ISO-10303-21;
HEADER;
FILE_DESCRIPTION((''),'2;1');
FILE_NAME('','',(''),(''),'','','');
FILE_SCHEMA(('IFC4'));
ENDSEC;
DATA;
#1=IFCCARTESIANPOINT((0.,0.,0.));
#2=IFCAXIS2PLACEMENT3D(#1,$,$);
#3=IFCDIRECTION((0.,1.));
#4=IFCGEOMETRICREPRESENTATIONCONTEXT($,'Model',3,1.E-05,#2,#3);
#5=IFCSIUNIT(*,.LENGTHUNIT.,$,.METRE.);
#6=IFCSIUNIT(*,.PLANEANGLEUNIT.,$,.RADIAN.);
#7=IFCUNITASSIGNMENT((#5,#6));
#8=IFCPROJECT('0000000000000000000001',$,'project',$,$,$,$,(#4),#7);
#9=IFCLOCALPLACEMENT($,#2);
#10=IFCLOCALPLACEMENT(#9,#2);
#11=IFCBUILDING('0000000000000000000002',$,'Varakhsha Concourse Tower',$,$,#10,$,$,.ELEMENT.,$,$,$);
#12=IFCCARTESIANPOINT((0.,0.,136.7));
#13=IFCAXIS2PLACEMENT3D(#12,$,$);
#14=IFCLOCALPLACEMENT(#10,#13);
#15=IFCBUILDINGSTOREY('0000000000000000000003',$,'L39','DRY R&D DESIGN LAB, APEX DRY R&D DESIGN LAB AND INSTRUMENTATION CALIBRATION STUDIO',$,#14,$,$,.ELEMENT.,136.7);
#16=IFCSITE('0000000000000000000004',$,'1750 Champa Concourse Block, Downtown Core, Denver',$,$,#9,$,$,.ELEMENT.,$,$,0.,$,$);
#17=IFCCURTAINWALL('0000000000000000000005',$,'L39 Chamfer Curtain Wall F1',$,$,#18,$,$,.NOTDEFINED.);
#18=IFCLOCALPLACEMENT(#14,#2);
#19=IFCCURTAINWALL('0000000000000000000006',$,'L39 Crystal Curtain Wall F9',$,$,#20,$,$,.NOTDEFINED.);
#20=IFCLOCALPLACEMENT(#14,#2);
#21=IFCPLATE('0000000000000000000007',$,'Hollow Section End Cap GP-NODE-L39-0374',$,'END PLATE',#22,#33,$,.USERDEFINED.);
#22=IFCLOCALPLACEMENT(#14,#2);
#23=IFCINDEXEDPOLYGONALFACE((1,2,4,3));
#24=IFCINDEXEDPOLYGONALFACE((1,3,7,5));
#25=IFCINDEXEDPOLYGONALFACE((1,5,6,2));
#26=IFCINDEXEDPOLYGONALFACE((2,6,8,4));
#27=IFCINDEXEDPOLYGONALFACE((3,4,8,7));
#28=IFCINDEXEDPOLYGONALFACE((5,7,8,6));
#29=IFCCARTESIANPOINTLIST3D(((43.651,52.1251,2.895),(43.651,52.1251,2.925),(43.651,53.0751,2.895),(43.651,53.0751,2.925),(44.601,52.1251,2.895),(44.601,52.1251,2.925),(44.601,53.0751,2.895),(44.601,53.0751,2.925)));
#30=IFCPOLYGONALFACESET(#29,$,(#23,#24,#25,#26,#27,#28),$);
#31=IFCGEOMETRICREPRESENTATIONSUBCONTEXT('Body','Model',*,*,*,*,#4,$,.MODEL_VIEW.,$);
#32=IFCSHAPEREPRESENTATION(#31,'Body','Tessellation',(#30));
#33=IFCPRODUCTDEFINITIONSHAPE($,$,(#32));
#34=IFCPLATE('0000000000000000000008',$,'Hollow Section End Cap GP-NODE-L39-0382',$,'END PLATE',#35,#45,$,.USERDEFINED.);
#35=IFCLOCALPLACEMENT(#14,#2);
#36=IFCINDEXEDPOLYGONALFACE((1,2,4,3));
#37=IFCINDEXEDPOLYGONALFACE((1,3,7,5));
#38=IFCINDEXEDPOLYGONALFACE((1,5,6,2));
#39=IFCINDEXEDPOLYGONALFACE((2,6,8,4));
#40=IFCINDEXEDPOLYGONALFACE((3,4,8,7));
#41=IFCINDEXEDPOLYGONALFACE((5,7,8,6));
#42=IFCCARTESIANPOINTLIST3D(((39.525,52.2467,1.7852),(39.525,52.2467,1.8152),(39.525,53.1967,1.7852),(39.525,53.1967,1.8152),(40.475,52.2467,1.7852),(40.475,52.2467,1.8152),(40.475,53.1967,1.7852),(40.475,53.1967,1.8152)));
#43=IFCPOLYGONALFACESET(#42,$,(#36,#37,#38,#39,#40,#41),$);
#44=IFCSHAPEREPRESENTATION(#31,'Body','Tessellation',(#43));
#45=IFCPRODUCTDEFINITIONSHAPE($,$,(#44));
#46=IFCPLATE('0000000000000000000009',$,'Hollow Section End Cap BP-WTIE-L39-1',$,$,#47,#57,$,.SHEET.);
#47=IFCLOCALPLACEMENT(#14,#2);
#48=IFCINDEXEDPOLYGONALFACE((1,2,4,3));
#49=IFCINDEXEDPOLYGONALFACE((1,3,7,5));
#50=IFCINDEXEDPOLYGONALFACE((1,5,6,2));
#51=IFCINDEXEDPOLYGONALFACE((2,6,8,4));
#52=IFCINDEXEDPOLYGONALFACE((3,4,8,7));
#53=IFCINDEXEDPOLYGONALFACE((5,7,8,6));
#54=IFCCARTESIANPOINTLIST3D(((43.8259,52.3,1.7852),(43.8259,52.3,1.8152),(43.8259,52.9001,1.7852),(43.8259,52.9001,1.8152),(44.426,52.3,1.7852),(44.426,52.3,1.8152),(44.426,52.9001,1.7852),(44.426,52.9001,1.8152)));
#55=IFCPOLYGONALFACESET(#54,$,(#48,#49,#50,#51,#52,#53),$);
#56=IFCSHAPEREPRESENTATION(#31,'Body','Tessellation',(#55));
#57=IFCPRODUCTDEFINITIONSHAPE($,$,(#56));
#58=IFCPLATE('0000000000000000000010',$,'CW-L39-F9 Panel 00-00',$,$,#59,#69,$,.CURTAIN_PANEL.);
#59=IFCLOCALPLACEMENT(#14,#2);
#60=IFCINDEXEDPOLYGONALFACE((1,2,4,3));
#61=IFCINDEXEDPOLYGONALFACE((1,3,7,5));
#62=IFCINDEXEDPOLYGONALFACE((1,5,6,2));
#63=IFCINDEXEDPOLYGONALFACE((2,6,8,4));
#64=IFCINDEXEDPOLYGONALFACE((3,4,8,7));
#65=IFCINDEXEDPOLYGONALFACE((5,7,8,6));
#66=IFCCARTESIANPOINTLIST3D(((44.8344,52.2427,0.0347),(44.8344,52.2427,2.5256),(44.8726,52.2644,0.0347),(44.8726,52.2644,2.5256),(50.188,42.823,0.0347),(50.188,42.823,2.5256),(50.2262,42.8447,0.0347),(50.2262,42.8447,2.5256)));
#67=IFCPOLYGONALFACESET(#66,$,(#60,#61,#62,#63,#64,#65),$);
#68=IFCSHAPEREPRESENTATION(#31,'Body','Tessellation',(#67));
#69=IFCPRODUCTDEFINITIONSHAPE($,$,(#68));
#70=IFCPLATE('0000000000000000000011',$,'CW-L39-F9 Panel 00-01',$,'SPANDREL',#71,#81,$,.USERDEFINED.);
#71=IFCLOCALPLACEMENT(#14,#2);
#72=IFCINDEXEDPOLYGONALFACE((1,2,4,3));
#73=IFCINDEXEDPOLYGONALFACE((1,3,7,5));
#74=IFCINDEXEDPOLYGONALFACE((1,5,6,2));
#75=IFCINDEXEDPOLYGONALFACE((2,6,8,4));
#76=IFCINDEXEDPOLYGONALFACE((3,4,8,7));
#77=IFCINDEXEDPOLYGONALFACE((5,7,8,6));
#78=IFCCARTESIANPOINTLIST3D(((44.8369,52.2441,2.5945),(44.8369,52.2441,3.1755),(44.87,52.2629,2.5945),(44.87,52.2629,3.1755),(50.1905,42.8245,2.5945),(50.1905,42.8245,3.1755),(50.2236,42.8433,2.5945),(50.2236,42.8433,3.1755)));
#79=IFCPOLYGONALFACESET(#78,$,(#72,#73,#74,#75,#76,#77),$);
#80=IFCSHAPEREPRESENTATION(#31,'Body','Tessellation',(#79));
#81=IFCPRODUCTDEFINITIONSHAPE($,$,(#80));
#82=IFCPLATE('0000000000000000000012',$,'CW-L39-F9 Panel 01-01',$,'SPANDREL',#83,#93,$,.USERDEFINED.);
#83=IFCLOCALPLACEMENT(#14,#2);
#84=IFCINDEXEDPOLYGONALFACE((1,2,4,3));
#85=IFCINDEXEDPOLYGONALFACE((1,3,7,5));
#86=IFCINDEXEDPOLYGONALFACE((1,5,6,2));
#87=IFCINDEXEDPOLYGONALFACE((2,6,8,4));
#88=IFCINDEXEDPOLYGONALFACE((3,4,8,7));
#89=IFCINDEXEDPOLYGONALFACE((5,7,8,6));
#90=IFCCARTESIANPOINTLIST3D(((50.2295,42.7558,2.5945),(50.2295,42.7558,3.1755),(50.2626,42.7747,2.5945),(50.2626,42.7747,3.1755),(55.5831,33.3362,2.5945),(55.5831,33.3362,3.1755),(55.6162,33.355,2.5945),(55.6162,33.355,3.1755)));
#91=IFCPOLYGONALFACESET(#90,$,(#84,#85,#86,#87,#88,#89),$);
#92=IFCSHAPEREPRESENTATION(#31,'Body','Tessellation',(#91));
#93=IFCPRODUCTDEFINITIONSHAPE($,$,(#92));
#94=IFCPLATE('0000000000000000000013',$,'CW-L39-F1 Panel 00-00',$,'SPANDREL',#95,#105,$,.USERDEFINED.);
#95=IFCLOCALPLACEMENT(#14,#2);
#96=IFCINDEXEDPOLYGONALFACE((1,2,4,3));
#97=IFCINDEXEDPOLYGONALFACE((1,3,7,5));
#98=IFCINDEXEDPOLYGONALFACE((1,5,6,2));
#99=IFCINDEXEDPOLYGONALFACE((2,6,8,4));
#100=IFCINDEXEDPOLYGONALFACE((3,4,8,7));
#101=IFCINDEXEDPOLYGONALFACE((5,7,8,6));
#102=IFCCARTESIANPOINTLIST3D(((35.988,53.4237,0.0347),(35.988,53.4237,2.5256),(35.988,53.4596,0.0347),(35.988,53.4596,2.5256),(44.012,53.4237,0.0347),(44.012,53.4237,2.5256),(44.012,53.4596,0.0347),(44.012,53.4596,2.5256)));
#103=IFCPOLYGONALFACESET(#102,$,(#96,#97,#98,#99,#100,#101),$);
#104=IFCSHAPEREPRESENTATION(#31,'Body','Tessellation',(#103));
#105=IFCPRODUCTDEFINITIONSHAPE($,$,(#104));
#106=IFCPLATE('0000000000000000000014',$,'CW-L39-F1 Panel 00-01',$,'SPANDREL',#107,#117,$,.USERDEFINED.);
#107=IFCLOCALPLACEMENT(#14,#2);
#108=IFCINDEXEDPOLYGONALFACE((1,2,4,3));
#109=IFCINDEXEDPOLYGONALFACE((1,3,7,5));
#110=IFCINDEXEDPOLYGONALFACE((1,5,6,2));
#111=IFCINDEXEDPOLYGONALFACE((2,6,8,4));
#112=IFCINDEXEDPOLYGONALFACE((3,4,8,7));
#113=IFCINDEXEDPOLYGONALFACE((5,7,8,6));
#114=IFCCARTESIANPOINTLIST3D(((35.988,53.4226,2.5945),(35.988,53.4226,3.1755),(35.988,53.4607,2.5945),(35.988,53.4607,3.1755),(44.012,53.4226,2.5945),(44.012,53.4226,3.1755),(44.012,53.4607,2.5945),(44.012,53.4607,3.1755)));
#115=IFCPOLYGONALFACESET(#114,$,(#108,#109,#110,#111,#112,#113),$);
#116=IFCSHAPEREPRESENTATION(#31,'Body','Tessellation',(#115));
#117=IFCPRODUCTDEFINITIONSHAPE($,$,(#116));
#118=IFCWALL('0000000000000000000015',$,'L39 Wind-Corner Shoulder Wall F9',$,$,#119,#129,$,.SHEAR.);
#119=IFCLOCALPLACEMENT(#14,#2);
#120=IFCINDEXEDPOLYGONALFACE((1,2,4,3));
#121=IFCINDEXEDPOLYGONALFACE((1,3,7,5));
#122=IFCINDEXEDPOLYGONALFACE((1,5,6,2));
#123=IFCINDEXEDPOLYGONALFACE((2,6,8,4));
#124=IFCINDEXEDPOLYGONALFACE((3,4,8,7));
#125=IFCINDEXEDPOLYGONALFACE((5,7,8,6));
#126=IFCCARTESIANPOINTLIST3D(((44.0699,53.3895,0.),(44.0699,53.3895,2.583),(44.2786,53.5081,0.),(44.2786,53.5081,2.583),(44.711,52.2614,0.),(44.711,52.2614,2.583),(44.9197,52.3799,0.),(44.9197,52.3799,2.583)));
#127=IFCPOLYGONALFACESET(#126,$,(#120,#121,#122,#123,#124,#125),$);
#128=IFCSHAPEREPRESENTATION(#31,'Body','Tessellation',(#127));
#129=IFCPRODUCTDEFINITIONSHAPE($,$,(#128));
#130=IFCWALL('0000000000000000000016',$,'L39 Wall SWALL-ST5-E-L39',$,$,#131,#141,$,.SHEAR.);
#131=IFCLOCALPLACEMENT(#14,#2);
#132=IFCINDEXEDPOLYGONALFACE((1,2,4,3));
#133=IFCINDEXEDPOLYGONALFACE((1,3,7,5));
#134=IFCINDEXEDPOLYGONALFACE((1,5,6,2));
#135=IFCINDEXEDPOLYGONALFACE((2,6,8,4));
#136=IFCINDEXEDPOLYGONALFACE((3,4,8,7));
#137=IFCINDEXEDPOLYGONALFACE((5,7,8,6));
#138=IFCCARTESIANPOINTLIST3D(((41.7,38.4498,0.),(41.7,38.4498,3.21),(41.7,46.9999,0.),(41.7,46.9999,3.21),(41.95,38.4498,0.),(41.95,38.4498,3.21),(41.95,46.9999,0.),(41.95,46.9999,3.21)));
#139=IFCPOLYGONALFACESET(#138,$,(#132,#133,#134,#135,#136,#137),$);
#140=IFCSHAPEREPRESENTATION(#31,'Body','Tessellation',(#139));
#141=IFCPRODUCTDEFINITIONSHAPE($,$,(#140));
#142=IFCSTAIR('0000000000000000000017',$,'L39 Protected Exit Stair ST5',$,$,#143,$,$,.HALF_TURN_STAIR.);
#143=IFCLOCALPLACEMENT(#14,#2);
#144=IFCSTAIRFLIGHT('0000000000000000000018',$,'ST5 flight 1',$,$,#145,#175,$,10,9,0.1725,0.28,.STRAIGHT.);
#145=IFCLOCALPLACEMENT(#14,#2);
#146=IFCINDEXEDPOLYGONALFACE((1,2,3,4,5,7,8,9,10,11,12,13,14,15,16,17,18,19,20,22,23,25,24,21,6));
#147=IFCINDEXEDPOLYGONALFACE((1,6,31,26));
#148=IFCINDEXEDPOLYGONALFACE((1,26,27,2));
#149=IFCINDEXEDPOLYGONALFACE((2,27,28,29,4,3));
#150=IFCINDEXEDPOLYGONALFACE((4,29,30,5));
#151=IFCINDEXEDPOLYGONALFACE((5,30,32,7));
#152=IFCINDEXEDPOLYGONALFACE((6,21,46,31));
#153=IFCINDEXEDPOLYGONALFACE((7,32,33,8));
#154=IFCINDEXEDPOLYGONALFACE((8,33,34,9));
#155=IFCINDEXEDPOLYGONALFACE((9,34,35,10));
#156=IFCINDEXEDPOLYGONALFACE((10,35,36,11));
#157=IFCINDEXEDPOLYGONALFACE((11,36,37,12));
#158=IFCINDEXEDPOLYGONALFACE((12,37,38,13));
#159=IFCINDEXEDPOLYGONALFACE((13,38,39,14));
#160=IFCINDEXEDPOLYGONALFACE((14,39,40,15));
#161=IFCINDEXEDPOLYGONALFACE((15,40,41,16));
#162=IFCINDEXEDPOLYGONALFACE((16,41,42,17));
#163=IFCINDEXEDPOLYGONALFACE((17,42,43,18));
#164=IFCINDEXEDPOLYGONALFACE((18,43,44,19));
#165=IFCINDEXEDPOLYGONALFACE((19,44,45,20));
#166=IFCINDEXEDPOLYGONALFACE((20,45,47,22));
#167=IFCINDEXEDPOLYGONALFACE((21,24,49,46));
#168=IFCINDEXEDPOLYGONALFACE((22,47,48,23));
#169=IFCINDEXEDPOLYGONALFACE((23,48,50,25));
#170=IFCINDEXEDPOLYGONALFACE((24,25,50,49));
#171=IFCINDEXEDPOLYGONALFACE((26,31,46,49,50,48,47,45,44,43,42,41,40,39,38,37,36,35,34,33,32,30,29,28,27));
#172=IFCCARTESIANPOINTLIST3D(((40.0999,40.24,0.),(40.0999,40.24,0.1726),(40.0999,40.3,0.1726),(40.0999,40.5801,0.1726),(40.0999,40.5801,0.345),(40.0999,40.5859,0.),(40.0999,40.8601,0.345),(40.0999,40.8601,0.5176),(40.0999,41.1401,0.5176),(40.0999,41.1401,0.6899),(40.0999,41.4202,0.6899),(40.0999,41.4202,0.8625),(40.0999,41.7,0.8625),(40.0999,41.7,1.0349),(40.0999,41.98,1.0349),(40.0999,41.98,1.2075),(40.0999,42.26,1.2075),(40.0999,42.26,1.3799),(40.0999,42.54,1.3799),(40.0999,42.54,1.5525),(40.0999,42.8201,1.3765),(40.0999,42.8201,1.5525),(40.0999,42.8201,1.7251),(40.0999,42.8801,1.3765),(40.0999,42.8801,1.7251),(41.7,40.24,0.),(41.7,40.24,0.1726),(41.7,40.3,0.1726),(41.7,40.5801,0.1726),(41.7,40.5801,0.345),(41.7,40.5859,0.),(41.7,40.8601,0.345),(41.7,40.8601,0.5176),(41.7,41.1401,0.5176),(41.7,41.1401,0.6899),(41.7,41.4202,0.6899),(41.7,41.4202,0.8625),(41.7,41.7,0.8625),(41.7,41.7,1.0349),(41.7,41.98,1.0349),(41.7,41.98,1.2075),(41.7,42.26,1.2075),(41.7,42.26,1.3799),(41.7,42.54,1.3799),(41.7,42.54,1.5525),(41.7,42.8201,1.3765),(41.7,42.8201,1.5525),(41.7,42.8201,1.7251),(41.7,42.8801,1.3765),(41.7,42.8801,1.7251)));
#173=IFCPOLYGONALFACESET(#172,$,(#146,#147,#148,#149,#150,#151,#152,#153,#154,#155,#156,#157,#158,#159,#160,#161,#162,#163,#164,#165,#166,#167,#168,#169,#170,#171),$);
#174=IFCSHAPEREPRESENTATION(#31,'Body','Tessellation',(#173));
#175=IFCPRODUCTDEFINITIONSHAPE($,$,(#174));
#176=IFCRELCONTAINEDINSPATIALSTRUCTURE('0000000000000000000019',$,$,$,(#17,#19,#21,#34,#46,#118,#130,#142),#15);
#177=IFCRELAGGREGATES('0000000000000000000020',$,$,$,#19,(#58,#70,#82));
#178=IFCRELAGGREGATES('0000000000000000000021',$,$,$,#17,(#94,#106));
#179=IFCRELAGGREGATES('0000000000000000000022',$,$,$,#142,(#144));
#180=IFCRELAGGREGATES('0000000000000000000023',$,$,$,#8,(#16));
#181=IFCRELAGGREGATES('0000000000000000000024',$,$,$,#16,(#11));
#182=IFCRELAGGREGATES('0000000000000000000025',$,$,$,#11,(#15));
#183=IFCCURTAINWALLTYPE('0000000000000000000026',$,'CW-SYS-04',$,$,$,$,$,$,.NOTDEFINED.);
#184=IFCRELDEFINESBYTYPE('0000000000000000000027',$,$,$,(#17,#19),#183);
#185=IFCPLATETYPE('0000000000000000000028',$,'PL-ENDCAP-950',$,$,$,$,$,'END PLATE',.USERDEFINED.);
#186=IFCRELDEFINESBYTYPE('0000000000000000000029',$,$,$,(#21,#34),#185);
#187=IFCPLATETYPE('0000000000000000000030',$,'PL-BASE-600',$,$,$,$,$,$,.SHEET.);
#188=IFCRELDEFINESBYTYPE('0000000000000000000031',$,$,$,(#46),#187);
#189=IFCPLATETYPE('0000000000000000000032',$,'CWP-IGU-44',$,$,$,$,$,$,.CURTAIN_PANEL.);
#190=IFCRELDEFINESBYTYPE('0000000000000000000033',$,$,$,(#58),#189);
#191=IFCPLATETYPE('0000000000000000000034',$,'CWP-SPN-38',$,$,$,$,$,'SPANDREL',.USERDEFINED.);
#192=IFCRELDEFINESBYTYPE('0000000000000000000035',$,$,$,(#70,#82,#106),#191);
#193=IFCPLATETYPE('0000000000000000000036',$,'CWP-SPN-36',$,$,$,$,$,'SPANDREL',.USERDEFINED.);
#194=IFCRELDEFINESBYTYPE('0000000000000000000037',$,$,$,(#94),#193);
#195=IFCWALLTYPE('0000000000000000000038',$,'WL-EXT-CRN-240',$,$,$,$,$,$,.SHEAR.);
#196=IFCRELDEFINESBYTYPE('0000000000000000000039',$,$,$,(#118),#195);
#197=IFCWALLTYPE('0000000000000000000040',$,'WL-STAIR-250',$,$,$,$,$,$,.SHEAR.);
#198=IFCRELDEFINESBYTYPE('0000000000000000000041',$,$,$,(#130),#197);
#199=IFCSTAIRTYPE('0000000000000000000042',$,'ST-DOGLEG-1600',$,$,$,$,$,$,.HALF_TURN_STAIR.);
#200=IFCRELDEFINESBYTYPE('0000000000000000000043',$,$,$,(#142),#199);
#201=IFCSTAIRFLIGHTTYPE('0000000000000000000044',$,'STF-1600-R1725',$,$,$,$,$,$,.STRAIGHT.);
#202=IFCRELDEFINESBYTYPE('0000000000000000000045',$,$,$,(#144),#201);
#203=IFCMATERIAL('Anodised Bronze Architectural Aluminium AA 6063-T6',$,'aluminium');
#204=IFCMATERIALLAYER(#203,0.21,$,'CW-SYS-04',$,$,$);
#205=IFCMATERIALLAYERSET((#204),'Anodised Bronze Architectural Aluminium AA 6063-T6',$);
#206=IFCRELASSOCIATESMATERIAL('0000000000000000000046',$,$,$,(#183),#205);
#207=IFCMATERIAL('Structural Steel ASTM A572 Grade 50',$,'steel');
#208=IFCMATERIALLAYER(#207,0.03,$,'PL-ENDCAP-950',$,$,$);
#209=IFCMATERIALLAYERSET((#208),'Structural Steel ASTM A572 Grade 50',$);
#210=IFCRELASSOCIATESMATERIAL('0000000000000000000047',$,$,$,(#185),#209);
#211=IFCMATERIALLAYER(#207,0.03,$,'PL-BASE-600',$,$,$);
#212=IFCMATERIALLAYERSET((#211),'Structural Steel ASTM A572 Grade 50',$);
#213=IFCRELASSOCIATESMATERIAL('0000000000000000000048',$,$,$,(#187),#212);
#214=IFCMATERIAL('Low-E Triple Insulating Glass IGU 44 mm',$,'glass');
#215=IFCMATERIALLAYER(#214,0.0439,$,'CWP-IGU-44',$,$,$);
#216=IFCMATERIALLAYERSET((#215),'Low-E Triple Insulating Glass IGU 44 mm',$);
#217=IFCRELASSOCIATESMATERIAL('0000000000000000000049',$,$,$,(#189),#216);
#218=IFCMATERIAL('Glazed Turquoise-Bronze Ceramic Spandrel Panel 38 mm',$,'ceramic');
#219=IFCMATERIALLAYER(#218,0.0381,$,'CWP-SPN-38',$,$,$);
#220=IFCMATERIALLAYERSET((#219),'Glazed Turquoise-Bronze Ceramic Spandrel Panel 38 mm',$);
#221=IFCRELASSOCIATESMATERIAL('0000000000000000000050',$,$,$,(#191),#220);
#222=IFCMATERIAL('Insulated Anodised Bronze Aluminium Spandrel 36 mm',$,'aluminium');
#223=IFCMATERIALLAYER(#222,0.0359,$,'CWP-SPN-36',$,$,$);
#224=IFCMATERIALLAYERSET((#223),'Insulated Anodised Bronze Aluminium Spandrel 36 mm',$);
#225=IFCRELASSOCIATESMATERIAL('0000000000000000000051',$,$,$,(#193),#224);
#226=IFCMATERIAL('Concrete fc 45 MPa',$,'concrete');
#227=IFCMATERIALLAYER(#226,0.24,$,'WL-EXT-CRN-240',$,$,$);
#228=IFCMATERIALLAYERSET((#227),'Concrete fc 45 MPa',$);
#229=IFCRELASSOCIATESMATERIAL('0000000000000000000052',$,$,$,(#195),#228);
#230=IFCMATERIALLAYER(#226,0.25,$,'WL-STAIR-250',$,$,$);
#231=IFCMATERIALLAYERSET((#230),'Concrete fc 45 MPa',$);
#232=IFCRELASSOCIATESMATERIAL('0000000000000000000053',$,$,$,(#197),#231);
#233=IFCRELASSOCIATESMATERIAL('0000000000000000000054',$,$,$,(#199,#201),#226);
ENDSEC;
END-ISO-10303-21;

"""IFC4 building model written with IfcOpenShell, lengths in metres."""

from ifc_helpers import new_model, si_unit, direction, frame, frame_2d, origin, origin_2d, place, context, subcontext, project, spatial, polyline, rectangle, outline, extrude, source, transform, mapped, material, layer, layer_set, type_object, type_shapes, element, aggregate, save


model = new_model("IFC4")

# Units and contexts
model_context = context("Model", 3, precision=1e-05, world=origin(), true_north=direction((0.0, 1.0)))
body_context = subcontext(model_context, "Body", "Model", "MODEL_VIEW")
ifc_project = project(units=[si_unit("LENGTHUNIT", "METRE"), si_unit("PLANEANGLEUNIT", "RADIAN")], contexts=[model_context])

# Site, building, storey
site_placement = place(None, origin())
site = spatial("IfcSite", under=ifc_project, at=site_placement, Name="1750 Champa Concourse Block, Downtown Core, Denver", CompositionType="ELEMENT", RefElevation=0.0)
building_placement = place(site_placement, origin())
building = spatial("IfcBuilding", under=site, at=building_placement, Name="Varakhsha Concourse Tower", CompositionType="ELEMENT")
storey_placement = place(building_placement, frame((0.0, 0.0, 136.7)))
storey = spatial("IfcBuildingStorey", under=building, at=storey_placement, Name="L39", Description="DRY R&D DESIGN LAB, APEX DRY R&D DESIGN LAB AND INSTRUMENTATION CALIBRATION STUDIO", CompositionType="ELEMENT", Elevation=136.7)

# Shared definitions
ifc_material_1 = material(Name="Structural Steel ASTM A572 Grade 50", Category="steel")

# Curtain wall
ifc_material_2 = material(Name="Anodised Bronze Architectural Aluminium AA 6063-T6", Category="aluminium")
ifc_layer_1 = layer(ifc_material_2, 0.21, Name="CW-SYS-04")
ifc_layer_set_1 = layer_set([ifc_layer_1], Name="Anodised Bronze Architectural Aluminium AA 6063-T6")
curtain_wall_type = type_object("IfcCurtainWallType", Name="CW-SYS-04", PredefinedType="NOTDEFINED", material=ifc_layer_set_1)
curtain_wall_1_placement = place(storey_placement, origin())
curtain_wall_1 = element("IfcCurtainWall", 1, at=curtain_wall_1_placement, inside=storey, type_object=curtain_wall_type, Name="L39 Chamfer Curtain Wall F1", PredefinedType="NOTDEFINED")

# Curtain wall
curtain_wall_2_placement = place(storey_placement, origin())
curtain_wall_2 = element("IfcCurtainWall", 2, at=curtain_wall_2_placement, inside=storey, type_object=curtain_wall_type, Name="L39 Crystal Curtain Wall F9", PredefinedType="NOTDEFINED")

# Plates
ifc_layer_2 = layer(ifc_material_1, 0.03, Name="PL-ENDCAP-950")
ifc_layer_set_2 = layer_set([ifc_layer_2], Name="Structural Steel ASTM A572 Grade 50")
plate_type_1 = type_object("IfcPlateType", Name="PL-ENDCAP-950", ElementType="END PLATE", PredefinedType="USERDEFINED", material=ifc_layer_set_2)
shared_shape_1 = source(origin(), body_context, "Body", "SweptSolid", [
    extrude(rectangle(XDim=0.95, YDim=0.95, at=origin_2d()), origin(), (0.0, 0.0, 1.0), 0.03),
])
type_shapes(plate_type_1, [shared_shape_1])
for number, where, z_axis, x_axis, name in (
    (3, (44.126, 52.6001, 2.895), (0.0, 0.0, 1.0), (1.0, 0.0, 0.0), "Hollow Section End Cap GP-NODE-L39-0374"),
    (4, (40.0, 52.7217, 1.7852), (0.0, 0.0, 1.0), (1.0, 0.0, 0.0), "Hollow Section End Cap GP-NODE-L39-0382"),
):
    element("IfcPlate", number, at=place(storey_placement, frame(where, z_axis=z_axis, x_axis=x_axis)), inside=storey, type_object=plate_type_1, Name=name, ObjectType="END PLATE", PredefinedType="USERDEFINED", context=body_context, shape_type="MappedRepresentation", body=[
        mapped(shared_shape_1, transform((0.0, 0.0, 0.0), scale=1.0)),
    ])
ifc_layer_3 = layer(ifc_material_1, 0.03, Name="PL-BASE-600")
ifc_layer_set_3 = layer_set([ifc_layer_3], Name="Structural Steel ASTM A572 Grade 50")
plate_type_2 = type_object("IfcPlateType", Name="PL-BASE-600", PredefinedType="SHEET", material=ifc_layer_set_3)
shared_shape_2 = source(origin(), body_context, "Body", "SweptSolid", [
    extrude(rectangle(XDim=0.6001, YDim=0.6001, at=origin_2d()), origin(), (0.0, 0.0, 1.0), 0.03),
])
type_shapes(plate_type_2, [shared_shape_2])
plate_1_placement = place(storey_placement, frame((44.126, 52.6001, 1.7852), z_axis=(0.0, 0.0, 1.0), x_axis=(1.0, 0.0, 0.0)))
element("IfcPlate", 5, at=plate_1_placement, inside=storey, type_object=plate_type_2, Name="Hollow Section End Cap BP-WTIE-L39-1", PredefinedType="SHEET", context=body_context, shape_type="MappedRepresentation", body=[
    mapped(shared_shape_2, transform((0.0, 0.0, 0.0), scale=1.0)),
])

# Plates
ifc_material_3 = material(Name="Low-E Triple Insulating Glass IGU 44 mm", Category="glass")
ifc_layer_4 = layer(ifc_material_3, 0.0439, Name="CWP-IGU-44")
ifc_layer_set_4 = layer_set([ifc_layer_4], Name="Low-E Triple Insulating Glass IGU 44 mm")
plate_type_3 = type_object("IfcPlateType", Name="CWP-IGU-44", PredefinedType="CURTAIN_PANEL", material=ifc_layer_set_4)
shared_shape_3 = source(origin(), body_context, "Body", "SweptSolid", [
    extrude(rectangle(XDim=10.8347, YDim=0.0439, at=origin_2d()), origin(), (0.0, 0.0, 1.0), 2.491),
])
type_shapes(plate_type_3, [shared_shape_3])
plate_2_placement = place(storey_placement, frame((47.5303, 47.5437, 0.0347), z_axis=(0.0, 0.0, 1.0), x_axis=(0.494115, -0.869397, 0.0)))
plate_2 = element("IfcPlate", 6, at=plate_2_placement, type_object=plate_type_3, Name="CW-L39-F9 Panel 00-00", PredefinedType="CURTAIN_PANEL", context=body_context, shape_type="MappedRepresentation", body=[
    mapped(shared_shape_3, transform((0.0, 0.0, 0.0), scale=1.0)),
])
ifc_material_4 = material(Name="Glazed Turquoise-Bronze Ceramic Spandrel Panel 38 mm", Category="ceramic")
ifc_layer_5 = layer(ifc_material_4, 0.0381, Name="CWP-SPN-38")
ifc_layer_set_5 = layer_set([ifc_layer_5], Name="Glazed Turquoise-Bronze Ceramic Spandrel Panel 38 mm")
plate_type_4 = type_object("IfcPlateType", Name="CWP-SPN-38", ElementType="SPANDREL", PredefinedType="USERDEFINED", material=ifc_layer_set_5)
shared_shape_4 = source(origin(), body_context, "Body", "SweptSolid", [
    extrude(rectangle(XDim=10.8347, YDim=0.0381, at=origin_2d()), origin(), (0.0, 0.0, 1.0), 0.5811),
])
plate_3_placement = place(storey_placement, frame((47.5303, 47.5437, 2.5945), z_axis=(0.0, 0.0, 1.0), x_axis=(0.494115, -0.869397, 0.0)))
plate_3 = element("IfcPlate", 7, at=plate_3_placement, type_object=plate_type_4, Name="CW-L39-F9 Panel 00-01", ObjectType="SPANDREL", PredefinedType="USERDEFINED", context=body_context, shape_type="MappedRepresentation", body=[
    mapped(shared_shape_4, transform((0.0, 0.0, 0.0), scale=1.0)),
])
plate_4_placement = place(storey_placement, frame((52.9229, 38.0554, 2.5945), z_axis=(0.0, 0.0, 1.0), x_axis=(0.494115, -0.869397, 0.0)))
plate_4 = element("IfcPlate", 8, at=plate_4_placement, type_object=plate_type_4, Name="CW-L39-F9 Panel 01-01", ObjectType="SPANDREL", PredefinedType="USERDEFINED", context=body_context, shape_type="MappedRepresentation", body=[
    mapped(shared_shape_4, transform((0.0, 0.0, 0.0), scale=1.0)),
])
aggregate(curtain_wall_2, [plate_2, plate_3, plate_4])
ifc_material_5 = material(Name="Insulated Anodised Bronze Aluminium Spandrel 36 mm", Category="aluminium")
ifc_layer_6 = layer(ifc_material_5, 0.0359, Name="CWP-SPN-36")
ifc_layer_set_6 = layer_set([ifc_layer_6], Name="Insulated Anodised Bronze Aluminium Spandrel 36 mm")
plate_type_5 = type_object("IfcPlateType", Name="CWP-SPN-36", ElementType="SPANDREL", PredefinedType="USERDEFINED", material=ifc_layer_set_6)
shared_shape_5 = source(origin(), body_context, "Body", "SweptSolid", [
    extrude(rectangle(XDim=8.0239, YDim=0.0359, at=origin_2d()), origin(), (0.0, 0.0, 1.0), 2.491),
])
type_shapes(plate_type_5, [shared_shape_5])
plate_5_placement = place(storey_placement, frame((40.0, 53.4417, 0.0347), z_axis=(0.0, 0.0, 1.0), x_axis=(1.0, 0.0, 0.0)))
plate_5 = element("IfcPlate", 9, at=plate_5_placement, type_object=plate_type_5, Name="CW-L39-F1 Panel 00-00", ObjectType="SPANDREL", PredefinedType="USERDEFINED", context=body_context, shape_type="MappedRepresentation", body=[
    mapped(shared_shape_5, transform((0.0, 0.0, 0.0), scale=1.0)),
])
shared_shape_6 = source(origin(), body_context, "Body", "SweptSolid", [
    extrude(rectangle(XDim=8.0239, YDim=0.0381, at=origin_2d()), origin(), (0.0, 0.0, 1.0), 0.5811),
])
type_shapes(plate_type_4, [shared_shape_4, shared_shape_6])
plate_6_placement = place(storey_placement, frame((40.0, 53.4417, 2.5945), z_axis=(0.0, 0.0, 1.0), x_axis=(1.0, 0.0, 0.0)))
plate_6 = element("IfcPlate", 10, at=plate_6_placement, type_object=plate_type_4, Name="CW-L39-F1 Panel 00-01", ObjectType="SPANDREL", PredefinedType="USERDEFINED", context=body_context, shape_type="MappedRepresentation", body=[
    mapped(shared_shape_6, transform((0.0, 0.0, 0.0), scale=1.0)),
])
aggregate(curtain_wall_1, [plate_5, plate_6])

# Walls
ifc_material_6 = material(Name="Concrete fc 45 MPa", Category="concrete")
ifc_layer_7 = layer(ifc_material_6, 0.24, Name="WL-EXT-CRN-240")
ifc_layer_set_7 = layer_set([ifc_layer_7], Name="Concrete fc 45 MPa")
wall_type_1 = type_object("IfcWallType", Name="WL-EXT-CRN-240", PredefinedType="SHEAR", material=ifc_layer_set_7)
wall_1_placement = place(storey_placement, frame((44.8154, 52.3206, 0.0), z_axis=(0.0, 0.0, 1.0), x_axis=(-0.494071, 0.869422, 0.0)))
element("IfcWall", 11, at=wall_1_placement, inside=storey, type_object=wall_type_1, Name="L39 Wind-Corner Shoulder Wall F9", PredefinedType="SHEAR", context=body_context, shape_type="SweptSolid", body=[
    extrude(rectangle(XDim=1.2976, YDim=0.24, at=frame_2d((0.6489, 0.0))), origin(), (0.0, 0.0, 1.0), 2.583),
])
ifc_layer_8 = layer(ifc_material_6, 0.25, Name="WL-STAIR-250")
ifc_layer_set_8 = layer_set([ifc_layer_8], Name="Concrete fc 45 MPa")
wall_type_2 = type_object("IfcWallType", Name="WL-STAIR-250", PredefinedType="SHEAR", material=ifc_layer_set_8)
wall_2_placement = place(storey_placement, frame((41.825, 38.45, 0.0), z_axis=(0.0, 0.0, 1.0), x_axis=(0.0, 1.0, 0.0)))
element("IfcWall", 12, at=wall_2_placement, inside=storey, type_object=wall_type_2, Name="L39 Wall SWALL-ST5-E-L39", PredefinedType="SHEAR", context=body_context, shape_type="SweptSolid", body=[
    extrude(rectangle(XDim=8.55, YDim=0.25, at=frame_2d((4.2749, 0.0))), origin(), (0.0, 0.0, 1.0), 3.21),
])

# Stair, stair flight
stair_type = type_object("IfcStairType", Name="ST-DOGLEG-1600", PredefinedType="HALF_TURN_STAIR", material=ifc_material_6)
stair_placement = place(storey_placement, origin())
stair = element("IfcStair", 13, at=stair_placement, inside=storey, type_object=stair_type, Name="L39 Protected Exit Stair ST5", PredefinedType="HALF_TURN_STAIR")
stair_flight_type = type_object("IfcStairFlightType", Name="STF-1600-R1725", PredefinedType="STRAIGHT", material=ifc_material_6)
stair_flight_1_placement = place(storey_placement, frame((40.8999, 40.3, 0.0), z_axis=(0.0, 0.0, 1.0), x_axis=(0.0, 1.0, 0.0)))
stair_flight_1 = element("IfcStairFlight", 14, at=stair_flight_1_placement, type_object=stair_flight_type, Name="ST5 flight 1", NumberOfRisers=10, NumberOfTreads=9, PredefinedType="STRAIGHT", RiserHeight=0.1725, TreadLength=0.28, context=body_context, shape_type="SweptSolid", body=[
    extrude(outline(polyline([(-0.0601, 0.0), (-0.0601, 0.1726), (0.0, 0.1726), (0.28, 0.1726), (0.28, 0.345), (0.5601, 0.345), (0.5601, 0.5176), (0.8401, 0.5176), (0.8401, 0.6899), (1.1201, 0.6899), (1.1201, 0.8625), (1.3999, 0.8625), (1.3999, 1.0349), (1.6799, 1.0349), (1.6799, 1.2075), (1.96, 1.2075), (1.96, 1.3799), (2.24, 1.3799), (2.24, 1.5525), (2.52, 1.5525), (2.52, 1.7251), (2.5801, 1.7251), (2.5801, 1.3765), (2.52, 1.3765), (0.2859, 0.0), (-0.0601, 0.0)])), frame((0.0, 0.8, 0.0), z_axis=(0.0, -1.0, 0.0), x_axis=(1.0, 0.0, 0.0)), (0.0, 0.0, 1.0), 1.6001),
])
aggregate(stair, [stair_flight_1])

save(model, "model.ifc")
